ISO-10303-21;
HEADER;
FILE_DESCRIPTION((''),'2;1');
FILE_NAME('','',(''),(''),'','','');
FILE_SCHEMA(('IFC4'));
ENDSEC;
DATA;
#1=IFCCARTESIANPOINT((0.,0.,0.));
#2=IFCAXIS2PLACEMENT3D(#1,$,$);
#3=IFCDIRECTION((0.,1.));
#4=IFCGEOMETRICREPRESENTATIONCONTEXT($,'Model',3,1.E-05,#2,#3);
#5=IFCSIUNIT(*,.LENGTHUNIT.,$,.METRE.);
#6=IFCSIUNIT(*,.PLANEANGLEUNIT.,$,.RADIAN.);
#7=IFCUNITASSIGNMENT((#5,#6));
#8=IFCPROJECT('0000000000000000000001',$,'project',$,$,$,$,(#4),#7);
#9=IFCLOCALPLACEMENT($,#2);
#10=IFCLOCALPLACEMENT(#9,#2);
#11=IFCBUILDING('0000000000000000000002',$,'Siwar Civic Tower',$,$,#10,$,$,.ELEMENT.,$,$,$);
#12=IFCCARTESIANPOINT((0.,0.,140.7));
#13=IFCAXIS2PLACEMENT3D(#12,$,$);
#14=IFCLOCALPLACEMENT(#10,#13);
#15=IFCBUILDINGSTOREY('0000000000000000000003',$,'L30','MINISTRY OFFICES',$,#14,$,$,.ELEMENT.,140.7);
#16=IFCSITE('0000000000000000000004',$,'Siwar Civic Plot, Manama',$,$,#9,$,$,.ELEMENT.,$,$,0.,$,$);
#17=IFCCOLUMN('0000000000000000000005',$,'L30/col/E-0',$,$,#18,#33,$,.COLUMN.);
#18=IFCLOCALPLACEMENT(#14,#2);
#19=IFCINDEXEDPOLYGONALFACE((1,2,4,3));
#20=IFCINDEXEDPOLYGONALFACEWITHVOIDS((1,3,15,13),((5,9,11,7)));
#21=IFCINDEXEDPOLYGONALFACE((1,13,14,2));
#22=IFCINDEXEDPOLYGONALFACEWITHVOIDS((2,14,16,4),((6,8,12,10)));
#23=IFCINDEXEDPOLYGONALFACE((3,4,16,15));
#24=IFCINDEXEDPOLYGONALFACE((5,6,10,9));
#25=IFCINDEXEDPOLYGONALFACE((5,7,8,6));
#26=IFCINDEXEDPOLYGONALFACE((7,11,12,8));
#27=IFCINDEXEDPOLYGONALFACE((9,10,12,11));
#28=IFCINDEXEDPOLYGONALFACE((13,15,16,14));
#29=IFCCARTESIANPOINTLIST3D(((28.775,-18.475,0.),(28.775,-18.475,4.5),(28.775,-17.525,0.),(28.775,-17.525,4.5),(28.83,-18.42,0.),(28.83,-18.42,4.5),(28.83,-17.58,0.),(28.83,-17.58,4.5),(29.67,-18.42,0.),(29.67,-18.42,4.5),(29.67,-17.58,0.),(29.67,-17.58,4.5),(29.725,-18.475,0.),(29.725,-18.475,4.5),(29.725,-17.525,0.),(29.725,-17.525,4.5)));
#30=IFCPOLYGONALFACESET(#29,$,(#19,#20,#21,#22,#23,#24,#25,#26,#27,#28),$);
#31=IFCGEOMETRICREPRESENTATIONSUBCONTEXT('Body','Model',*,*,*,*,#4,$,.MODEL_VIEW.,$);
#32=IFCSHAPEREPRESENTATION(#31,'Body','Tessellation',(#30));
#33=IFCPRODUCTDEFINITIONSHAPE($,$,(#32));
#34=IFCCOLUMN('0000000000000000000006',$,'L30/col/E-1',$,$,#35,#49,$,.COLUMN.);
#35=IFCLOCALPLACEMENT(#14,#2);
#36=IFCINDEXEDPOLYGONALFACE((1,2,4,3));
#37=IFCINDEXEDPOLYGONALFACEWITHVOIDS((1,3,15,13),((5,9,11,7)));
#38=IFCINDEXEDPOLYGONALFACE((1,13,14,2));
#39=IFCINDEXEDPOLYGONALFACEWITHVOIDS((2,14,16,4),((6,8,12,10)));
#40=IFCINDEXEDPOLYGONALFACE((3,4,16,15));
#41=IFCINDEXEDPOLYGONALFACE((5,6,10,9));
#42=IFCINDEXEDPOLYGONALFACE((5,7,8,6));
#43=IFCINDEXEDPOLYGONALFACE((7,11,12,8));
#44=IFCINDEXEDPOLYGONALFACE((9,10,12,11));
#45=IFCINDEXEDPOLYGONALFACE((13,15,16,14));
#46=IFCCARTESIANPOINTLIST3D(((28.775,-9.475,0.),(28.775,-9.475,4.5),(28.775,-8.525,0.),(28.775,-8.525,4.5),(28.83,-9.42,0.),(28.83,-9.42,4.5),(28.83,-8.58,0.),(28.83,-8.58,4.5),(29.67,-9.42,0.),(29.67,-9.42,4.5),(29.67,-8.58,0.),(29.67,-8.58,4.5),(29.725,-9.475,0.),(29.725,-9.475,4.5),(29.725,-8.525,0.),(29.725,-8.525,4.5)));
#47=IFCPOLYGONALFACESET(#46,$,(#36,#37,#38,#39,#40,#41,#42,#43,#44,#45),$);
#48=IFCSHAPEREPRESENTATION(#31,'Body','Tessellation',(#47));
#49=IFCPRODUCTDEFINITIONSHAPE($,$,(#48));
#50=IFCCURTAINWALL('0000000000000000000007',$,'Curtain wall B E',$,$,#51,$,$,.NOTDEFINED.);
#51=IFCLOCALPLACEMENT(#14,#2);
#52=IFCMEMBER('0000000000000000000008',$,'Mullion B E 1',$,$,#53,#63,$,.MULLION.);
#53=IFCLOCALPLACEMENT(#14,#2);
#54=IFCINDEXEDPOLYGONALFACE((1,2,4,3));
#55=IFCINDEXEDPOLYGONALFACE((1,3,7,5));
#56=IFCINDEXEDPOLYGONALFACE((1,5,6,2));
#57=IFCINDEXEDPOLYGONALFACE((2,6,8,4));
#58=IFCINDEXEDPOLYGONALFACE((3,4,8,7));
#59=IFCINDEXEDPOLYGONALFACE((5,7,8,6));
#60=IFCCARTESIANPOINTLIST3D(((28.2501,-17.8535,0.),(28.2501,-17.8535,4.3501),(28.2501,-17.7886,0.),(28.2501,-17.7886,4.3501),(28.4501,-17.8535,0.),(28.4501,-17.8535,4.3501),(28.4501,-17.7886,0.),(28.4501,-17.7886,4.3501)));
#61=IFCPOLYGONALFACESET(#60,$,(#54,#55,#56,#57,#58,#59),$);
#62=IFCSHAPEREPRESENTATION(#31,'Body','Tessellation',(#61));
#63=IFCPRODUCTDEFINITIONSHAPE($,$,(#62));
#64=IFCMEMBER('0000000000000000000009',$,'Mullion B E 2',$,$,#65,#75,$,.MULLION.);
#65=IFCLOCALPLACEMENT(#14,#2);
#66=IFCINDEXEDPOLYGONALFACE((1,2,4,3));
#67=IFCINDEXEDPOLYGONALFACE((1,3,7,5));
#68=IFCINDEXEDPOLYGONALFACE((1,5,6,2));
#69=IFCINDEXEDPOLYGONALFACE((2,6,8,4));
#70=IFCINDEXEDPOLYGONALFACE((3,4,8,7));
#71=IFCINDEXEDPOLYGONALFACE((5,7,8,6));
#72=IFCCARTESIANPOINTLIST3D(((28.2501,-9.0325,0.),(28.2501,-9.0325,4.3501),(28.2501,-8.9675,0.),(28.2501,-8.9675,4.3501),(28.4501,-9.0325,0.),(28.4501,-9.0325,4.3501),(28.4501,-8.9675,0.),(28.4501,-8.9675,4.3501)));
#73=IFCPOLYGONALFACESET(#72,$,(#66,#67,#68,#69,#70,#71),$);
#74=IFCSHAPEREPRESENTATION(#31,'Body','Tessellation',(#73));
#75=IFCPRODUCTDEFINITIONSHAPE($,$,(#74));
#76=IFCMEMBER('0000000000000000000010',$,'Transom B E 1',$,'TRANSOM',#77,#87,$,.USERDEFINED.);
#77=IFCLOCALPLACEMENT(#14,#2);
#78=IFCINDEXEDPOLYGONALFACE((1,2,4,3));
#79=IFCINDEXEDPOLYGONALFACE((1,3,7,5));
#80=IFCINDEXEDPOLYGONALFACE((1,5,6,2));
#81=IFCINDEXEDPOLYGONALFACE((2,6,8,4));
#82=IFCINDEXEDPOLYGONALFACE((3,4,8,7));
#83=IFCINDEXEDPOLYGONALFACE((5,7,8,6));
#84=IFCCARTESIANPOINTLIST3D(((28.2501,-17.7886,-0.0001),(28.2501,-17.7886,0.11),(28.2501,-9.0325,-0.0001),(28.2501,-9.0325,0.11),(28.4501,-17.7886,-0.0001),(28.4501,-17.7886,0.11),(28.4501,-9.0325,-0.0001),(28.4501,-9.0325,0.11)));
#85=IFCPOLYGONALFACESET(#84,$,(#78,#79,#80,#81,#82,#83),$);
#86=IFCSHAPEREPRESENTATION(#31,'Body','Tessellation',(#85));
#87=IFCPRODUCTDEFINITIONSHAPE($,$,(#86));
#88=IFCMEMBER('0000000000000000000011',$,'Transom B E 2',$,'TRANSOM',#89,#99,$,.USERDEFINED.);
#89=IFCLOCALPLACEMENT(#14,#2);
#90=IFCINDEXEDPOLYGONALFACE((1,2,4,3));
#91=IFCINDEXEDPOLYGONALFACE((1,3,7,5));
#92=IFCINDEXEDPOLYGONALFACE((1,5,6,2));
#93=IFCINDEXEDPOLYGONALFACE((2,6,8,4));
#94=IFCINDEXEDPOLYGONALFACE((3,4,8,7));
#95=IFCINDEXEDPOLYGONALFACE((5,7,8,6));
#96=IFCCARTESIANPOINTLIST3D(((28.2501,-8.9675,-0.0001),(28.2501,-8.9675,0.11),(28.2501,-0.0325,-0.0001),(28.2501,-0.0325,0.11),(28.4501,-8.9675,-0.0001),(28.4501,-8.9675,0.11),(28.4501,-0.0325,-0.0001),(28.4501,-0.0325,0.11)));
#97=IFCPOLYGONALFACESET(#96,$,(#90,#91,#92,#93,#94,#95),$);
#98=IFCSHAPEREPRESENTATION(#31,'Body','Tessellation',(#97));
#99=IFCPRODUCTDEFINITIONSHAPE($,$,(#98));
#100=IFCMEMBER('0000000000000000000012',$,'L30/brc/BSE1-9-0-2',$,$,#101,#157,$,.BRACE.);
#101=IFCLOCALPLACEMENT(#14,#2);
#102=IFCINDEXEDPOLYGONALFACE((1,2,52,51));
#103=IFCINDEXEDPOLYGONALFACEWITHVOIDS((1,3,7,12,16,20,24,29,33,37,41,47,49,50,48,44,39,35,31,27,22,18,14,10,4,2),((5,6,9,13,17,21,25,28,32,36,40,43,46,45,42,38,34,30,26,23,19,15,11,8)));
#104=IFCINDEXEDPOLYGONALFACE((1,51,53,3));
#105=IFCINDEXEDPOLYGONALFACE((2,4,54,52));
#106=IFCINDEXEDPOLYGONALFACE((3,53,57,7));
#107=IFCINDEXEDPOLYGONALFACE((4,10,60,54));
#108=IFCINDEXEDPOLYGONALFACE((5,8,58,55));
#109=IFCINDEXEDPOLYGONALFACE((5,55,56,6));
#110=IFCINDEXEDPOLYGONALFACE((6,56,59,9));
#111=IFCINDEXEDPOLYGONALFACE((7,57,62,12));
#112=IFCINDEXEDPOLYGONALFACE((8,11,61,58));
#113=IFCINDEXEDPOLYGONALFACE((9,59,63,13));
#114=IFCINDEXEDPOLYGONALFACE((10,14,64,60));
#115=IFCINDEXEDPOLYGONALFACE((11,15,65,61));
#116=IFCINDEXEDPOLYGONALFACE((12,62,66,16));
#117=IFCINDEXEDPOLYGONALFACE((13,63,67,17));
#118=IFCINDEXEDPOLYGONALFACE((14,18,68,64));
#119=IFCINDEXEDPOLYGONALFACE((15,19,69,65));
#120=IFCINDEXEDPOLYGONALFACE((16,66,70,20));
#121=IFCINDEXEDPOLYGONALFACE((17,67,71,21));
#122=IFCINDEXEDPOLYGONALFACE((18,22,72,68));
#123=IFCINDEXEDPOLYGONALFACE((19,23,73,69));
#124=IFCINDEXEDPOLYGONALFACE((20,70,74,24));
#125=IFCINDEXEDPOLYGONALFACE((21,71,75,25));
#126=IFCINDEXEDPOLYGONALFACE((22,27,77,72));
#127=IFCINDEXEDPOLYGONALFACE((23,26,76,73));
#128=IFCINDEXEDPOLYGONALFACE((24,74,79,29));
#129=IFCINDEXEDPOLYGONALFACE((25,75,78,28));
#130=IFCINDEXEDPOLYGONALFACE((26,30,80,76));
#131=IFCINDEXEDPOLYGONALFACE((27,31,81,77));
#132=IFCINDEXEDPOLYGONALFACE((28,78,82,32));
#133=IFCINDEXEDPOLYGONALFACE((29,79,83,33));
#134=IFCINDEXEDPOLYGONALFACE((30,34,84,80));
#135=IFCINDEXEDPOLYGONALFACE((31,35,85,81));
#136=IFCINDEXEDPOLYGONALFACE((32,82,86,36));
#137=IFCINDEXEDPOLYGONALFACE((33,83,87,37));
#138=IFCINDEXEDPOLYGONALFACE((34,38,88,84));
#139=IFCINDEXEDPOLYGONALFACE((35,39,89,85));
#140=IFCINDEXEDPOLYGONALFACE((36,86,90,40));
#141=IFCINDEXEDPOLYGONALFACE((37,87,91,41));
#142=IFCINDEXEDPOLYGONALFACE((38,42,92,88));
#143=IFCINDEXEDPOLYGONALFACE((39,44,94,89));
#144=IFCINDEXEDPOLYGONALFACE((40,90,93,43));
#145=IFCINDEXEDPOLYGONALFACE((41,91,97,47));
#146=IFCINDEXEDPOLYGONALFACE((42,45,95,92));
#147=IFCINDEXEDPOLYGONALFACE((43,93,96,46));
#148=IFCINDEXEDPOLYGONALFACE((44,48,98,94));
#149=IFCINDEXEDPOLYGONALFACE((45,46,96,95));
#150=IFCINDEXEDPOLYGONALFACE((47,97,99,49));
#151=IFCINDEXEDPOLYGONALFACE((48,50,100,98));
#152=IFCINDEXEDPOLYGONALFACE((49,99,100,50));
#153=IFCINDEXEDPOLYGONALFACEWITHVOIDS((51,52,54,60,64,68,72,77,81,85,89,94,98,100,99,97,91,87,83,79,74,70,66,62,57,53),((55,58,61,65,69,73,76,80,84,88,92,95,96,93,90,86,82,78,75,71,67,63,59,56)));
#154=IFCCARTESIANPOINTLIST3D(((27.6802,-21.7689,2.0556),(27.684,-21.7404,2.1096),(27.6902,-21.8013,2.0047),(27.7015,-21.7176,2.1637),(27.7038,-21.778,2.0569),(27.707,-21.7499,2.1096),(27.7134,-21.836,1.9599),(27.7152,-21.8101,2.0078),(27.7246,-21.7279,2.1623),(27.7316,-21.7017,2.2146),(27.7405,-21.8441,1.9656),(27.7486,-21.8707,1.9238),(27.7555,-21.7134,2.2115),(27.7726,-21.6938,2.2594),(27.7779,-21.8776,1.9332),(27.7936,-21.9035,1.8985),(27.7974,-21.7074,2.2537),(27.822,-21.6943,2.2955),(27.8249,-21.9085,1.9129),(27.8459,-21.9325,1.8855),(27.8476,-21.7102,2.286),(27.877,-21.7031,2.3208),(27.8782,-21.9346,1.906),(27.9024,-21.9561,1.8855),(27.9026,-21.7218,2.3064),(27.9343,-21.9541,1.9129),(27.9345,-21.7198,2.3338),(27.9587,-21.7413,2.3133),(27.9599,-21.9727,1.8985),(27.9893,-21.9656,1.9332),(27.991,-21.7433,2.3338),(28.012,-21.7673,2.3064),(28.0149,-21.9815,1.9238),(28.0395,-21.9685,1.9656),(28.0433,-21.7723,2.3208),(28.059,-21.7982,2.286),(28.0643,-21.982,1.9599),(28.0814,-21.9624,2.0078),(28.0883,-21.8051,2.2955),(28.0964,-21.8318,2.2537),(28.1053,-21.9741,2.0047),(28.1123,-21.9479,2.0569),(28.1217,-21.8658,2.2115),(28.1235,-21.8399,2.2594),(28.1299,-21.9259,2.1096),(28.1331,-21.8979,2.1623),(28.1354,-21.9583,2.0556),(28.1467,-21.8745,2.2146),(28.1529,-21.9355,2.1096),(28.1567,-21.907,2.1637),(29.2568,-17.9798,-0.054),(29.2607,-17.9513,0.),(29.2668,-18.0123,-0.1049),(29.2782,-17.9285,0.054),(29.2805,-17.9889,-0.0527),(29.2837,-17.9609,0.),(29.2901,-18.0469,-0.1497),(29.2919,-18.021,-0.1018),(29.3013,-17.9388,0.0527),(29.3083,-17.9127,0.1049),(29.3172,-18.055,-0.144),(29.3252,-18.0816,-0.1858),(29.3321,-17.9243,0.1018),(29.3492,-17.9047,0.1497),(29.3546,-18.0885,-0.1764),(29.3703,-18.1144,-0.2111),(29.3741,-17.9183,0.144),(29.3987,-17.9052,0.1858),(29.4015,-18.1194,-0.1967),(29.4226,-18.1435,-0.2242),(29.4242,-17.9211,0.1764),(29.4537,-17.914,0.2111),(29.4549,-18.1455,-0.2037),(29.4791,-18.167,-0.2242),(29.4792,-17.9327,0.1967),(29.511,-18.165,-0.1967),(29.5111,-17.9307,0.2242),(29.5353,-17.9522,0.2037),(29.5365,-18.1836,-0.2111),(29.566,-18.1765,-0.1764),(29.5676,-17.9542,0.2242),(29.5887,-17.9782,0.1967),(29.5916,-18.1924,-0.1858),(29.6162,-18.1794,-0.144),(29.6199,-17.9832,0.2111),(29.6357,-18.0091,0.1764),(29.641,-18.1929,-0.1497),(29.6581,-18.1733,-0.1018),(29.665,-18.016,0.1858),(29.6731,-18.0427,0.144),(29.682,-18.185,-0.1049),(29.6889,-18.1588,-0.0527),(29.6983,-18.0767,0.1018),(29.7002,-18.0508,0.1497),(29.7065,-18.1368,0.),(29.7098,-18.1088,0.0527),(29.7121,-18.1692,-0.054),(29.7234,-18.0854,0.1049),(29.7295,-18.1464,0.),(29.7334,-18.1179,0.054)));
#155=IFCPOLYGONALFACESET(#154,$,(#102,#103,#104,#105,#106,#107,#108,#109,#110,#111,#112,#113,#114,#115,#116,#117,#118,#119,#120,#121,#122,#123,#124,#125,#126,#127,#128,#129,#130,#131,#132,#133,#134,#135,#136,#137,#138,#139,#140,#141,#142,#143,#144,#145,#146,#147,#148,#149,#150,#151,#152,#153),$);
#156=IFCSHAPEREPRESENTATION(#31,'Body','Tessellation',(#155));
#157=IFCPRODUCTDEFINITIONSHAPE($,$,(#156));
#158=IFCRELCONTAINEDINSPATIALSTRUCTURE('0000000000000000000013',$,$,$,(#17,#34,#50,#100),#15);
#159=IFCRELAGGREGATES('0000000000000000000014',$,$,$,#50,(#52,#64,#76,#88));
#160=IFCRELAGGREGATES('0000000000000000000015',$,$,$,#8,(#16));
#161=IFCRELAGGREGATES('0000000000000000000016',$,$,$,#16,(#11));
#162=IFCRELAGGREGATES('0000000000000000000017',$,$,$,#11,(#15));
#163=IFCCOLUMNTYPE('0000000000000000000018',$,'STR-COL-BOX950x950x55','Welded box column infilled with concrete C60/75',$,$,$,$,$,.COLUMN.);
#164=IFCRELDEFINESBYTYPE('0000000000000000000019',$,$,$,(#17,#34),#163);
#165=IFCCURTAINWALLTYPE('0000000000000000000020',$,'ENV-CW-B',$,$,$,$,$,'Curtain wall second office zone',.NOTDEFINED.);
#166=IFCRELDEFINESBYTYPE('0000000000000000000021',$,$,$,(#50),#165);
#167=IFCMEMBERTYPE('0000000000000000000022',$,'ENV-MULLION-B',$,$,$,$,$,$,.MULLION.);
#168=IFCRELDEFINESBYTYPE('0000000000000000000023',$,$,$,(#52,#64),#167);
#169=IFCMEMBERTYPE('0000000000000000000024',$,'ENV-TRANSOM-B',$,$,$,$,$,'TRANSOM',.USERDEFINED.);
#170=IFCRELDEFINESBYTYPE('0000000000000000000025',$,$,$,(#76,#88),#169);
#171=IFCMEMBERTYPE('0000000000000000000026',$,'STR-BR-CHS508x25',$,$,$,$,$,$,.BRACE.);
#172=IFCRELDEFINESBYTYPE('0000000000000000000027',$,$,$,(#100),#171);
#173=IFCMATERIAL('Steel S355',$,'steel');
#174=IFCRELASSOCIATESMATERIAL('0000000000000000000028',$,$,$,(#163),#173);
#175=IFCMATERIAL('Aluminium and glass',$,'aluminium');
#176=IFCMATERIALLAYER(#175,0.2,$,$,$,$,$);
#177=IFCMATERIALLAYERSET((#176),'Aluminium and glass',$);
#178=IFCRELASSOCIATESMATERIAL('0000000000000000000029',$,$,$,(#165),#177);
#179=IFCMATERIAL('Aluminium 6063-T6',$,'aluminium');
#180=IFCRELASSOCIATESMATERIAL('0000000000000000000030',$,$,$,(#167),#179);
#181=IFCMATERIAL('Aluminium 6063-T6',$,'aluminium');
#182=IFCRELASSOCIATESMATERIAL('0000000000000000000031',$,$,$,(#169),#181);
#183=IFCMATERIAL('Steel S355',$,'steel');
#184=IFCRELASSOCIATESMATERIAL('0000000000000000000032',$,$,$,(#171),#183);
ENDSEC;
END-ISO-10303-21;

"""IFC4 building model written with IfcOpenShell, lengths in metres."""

from ifc_helpers import new_model, si_unit, direction, frame, origin, origin_2d, place, context, subcontext, project, spatial, rectangle, hollow_rectangle, hollow_circle, extrude, material, layer, layer_set, material_profile, profile_set, type_object, element, aggregate, save


model = new_model("IFC4")

# Units and contexts
model_context = context("Model", 3, precision=1e-05, world=origin(), true_north=direction((0.0, 1.0)))
body_context = subcontext(model_context, "Body", "Model", "MODEL_VIEW")
ifc_project = project(units=[si_unit("LENGTHUNIT", "METRE"), si_unit("PLANEANGLEUNIT", "RADIAN")], contexts=[model_context])

# Site, building, storey
site_placement = place(None, origin())
site = spatial("IfcSite", under=ifc_project, at=site_placement, Name="Siwar Civic Plot, Manama", CompositionType="ELEMENT", RefElevation=0.0)
building_placement = place(site_placement, origin())
building = spatial("IfcBuilding", under=site, at=building_placement, Name="Siwar Civic Tower", CompositionType="ELEMENT")
storey_placement = place(building_placement, frame((0.0, 0.0, 140.7)))
storey = spatial("IfcBuildingStorey", under=building, at=storey_placement, Name="L30", Description="MINISTRY OFFICES", CompositionType="ELEMENT", Elevation=140.7)

# Columns
ifc_material_1 = material(Name="Steel S355", Category="steel")
ifc_material_profile_1 = material_profile(ifc_material_1, hollow_rectangle(XDim=0.95, YDim=0.95, WallThickness=0.0549, at=origin_2d()), Name="BOX950x950x55")
ifc_profile_set_1 = profile_set([ifc_material_profile_1], Name="Steel S355")
column_type = type_object("IfcColumnType", Name="STR-COL-BOX950x950x55", Description="Welded box column infilled with concrete C60/75", PredefinedType="COLUMN", material=ifc_profile_set_1)
for number, where, z_axis, x_axis, name in (
    (1, (29.25, -18.0, 0.0), (0.0, 0.0, 1.0), (1.0, 0.0, 0.0), "L30/col/E-0"),
    (2, (29.25, -9.0, 0.0), (0.0, 0.0, 1.0), (1.0, 0.0, 0.0), "L30/col/E-1"),
):
    element("IfcColumn", number, at=place(storey_placement, frame(where, z_axis=z_axis, x_axis=x_axis)), inside=storey, type_object=column_type, Name=name, PredefinedType="COLUMN", context=body_context, shape_type="SweptSolid", body=[
        extrude(hollow_rectangle(XDim=0.95, YDim=0.95, WallThickness=0.0549, at=origin_2d()), origin(), (0.0, 0.0, 1.0), 4.5),
    ])

# Curtain wall, members
ifc_material_2 = material(Name="Aluminium and glass", Category="aluminium")
ifc_layer_1 = layer(ifc_material_2, 0.2)
ifc_layer_set_1 = layer_set([ifc_layer_1], Name="Aluminium and glass")
curtain_wall_type = type_object("IfcCurtainWallType", Name="ENV-CW-B", ElementType="Curtain wall second office zone", PredefinedType="NOTDEFINED", material=ifc_layer_set_1)
curtain_wall_placement = place(storey_placement, origin())
curtain_wall = element("IfcCurtainWall", 3, at=curtain_wall_placement, inside=storey, type_object=curtain_wall_type, Name="Curtain wall B E", PredefinedType="NOTDEFINED")
ifc_material_3 = material(Name="Aluminium 6063-T6", Category="aluminium")
ifc_material_profile_2 = material_profile(ifc_material_3, rectangle(XDim=0.2, YDim=0.0649, at=origin_2d()), Name="AL 200x65")
ifc_profile_set_2 = profile_set([ifc_material_profile_2], Name="Aluminium 6063-T6")
member_type_1 = type_object("IfcMemberType", Name="ENV-MULLION-B", PredefinedType="MULLION", material=ifc_profile_set_2)
member_1_placement = place(storey_placement, frame((28.3501, -17.821, 0.0), z_axis=(0.0, 0.0, 1.0), x_axis=(-1.0, 0.0, 0.0)))
member_1 = element("IfcMember", 4, at=member_1_placement, type_object=member_type_1, Name="Mullion B E 1", PredefinedType="MULLION", context=body_context, shape_type="SweptSolid", body=[
    extrude(rectangle(XDim=0.2, YDim=0.0649, at=origin_2d()), origin(), (0.0, 0.0, 1.0), 4.3501),
])
member_2_placement = place(storey_placement, frame((28.3501, -9.0, 0.0), z_axis=(0.0, 0.0, 1.0), x_axis=(-1.0, 0.0, 0.0)))
member_2 = element("IfcMember", 5, at=member_2_placement, type_object=member_type_1, Name="Mullion B E 2", PredefinedType="MULLION", context=body_context, shape_type="SweptSolid", body=[
    extrude(rectangle(XDim=0.2, YDim=0.0649, at=origin_2d()), origin(), (0.0, 0.0, 1.0), 4.3501),
])
ifc_material_4 = material(Name="Aluminium 6063-T6", Category="aluminium")
ifc_material_profile_3 = material_profile(ifc_material_4, rectangle(XDim=0.2, YDim=0.1101, at=origin_2d()), Name="AL 200x110")
ifc_profile_set_3 = profile_set([ifc_material_profile_3], Name="Aluminium 6063-T6")
member_type_2 = type_object("IfcMemberType", Name="ENV-TRANSOM-B", ElementType="TRANSOM", PredefinedType="USERDEFINED", material=ifc_profile_set_3)
member_3_placement = place(storey_placement, frame((28.3501, -17.7886, 0.0549), z_axis=(0.0, 1.0, 0.0), x_axis=(-1.0, 0.0, 0.0)))
member_3 = element("IfcMember", 6, at=member_3_placement, type_object=member_type_2, Name="Transom B E 1", ObjectType="TRANSOM", PredefinedType="USERDEFINED", context=body_context, shape_type="SweptSolid", body=[
    extrude(rectangle(XDim=0.2, YDim=0.1101, at=origin_2d()), origin(), (0.0, 0.0, 1.0), 8.7561),
])
member_4_placement = place(storey_placement, frame((28.3501, -8.9675, 0.0549), z_axis=(0.0, 1.0, 0.0), x_axis=(-1.0, 0.0, 0.0)))
member_4 = element("IfcMember", 7, at=member_4_placement, type_object=member_type_2, Name="Transom B E 2", ObjectType="TRANSOM", PredefinedType="USERDEFINED", context=body_context, shape_type="SweptSolid", body=[
    extrude(rectangle(XDim=0.2, YDim=0.1101, at=origin_2d()), origin(), (0.0, 0.0, 1.0), 8.9351),
])

# Member
ifc_material_5 = material(Name="Steel S355", Category="steel")
ifc_material_profile_4 = material_profile(ifc_material_5, hollow_circle(Radius=0.2539, WallThickness=0.0249, at=origin_2d()), Name="CHS508x25")
ifc_profile_set_4 = profile_set([ifc_material_profile_4], Name="Steel S355")
member_type_3 = type_object("IfcMemberType", Name="STR-BR-CHS508x25", PredefinedType="BRACE", material=ifc_profile_set_4)
member_5_placement = place(storey_placement, frame((29.4951, -18.0488, 0.0), z_axis=(-0.341677, -0.821126, 0.457175), x_axis=(0.92326, -0.384176, 0.0)))
element("IfcMember", 8, at=member_5_placement, inside=storey, type_object=member_type_3, Name="L30/brc/BSE1-9-0-2", PredefinedType="BRACE", context=body_context, shape_type="SweptSolid", body=[
    extrude(hollow_circle(Radius=0.2539, WallThickness=0.0249, at=origin_2d()), origin(), (0.0, 0.0, 1.0), 4.6145),
])

aggregate(curtain_wall, [member_1, member_2, member_3, member_4])

save(model, "model.ifc")
